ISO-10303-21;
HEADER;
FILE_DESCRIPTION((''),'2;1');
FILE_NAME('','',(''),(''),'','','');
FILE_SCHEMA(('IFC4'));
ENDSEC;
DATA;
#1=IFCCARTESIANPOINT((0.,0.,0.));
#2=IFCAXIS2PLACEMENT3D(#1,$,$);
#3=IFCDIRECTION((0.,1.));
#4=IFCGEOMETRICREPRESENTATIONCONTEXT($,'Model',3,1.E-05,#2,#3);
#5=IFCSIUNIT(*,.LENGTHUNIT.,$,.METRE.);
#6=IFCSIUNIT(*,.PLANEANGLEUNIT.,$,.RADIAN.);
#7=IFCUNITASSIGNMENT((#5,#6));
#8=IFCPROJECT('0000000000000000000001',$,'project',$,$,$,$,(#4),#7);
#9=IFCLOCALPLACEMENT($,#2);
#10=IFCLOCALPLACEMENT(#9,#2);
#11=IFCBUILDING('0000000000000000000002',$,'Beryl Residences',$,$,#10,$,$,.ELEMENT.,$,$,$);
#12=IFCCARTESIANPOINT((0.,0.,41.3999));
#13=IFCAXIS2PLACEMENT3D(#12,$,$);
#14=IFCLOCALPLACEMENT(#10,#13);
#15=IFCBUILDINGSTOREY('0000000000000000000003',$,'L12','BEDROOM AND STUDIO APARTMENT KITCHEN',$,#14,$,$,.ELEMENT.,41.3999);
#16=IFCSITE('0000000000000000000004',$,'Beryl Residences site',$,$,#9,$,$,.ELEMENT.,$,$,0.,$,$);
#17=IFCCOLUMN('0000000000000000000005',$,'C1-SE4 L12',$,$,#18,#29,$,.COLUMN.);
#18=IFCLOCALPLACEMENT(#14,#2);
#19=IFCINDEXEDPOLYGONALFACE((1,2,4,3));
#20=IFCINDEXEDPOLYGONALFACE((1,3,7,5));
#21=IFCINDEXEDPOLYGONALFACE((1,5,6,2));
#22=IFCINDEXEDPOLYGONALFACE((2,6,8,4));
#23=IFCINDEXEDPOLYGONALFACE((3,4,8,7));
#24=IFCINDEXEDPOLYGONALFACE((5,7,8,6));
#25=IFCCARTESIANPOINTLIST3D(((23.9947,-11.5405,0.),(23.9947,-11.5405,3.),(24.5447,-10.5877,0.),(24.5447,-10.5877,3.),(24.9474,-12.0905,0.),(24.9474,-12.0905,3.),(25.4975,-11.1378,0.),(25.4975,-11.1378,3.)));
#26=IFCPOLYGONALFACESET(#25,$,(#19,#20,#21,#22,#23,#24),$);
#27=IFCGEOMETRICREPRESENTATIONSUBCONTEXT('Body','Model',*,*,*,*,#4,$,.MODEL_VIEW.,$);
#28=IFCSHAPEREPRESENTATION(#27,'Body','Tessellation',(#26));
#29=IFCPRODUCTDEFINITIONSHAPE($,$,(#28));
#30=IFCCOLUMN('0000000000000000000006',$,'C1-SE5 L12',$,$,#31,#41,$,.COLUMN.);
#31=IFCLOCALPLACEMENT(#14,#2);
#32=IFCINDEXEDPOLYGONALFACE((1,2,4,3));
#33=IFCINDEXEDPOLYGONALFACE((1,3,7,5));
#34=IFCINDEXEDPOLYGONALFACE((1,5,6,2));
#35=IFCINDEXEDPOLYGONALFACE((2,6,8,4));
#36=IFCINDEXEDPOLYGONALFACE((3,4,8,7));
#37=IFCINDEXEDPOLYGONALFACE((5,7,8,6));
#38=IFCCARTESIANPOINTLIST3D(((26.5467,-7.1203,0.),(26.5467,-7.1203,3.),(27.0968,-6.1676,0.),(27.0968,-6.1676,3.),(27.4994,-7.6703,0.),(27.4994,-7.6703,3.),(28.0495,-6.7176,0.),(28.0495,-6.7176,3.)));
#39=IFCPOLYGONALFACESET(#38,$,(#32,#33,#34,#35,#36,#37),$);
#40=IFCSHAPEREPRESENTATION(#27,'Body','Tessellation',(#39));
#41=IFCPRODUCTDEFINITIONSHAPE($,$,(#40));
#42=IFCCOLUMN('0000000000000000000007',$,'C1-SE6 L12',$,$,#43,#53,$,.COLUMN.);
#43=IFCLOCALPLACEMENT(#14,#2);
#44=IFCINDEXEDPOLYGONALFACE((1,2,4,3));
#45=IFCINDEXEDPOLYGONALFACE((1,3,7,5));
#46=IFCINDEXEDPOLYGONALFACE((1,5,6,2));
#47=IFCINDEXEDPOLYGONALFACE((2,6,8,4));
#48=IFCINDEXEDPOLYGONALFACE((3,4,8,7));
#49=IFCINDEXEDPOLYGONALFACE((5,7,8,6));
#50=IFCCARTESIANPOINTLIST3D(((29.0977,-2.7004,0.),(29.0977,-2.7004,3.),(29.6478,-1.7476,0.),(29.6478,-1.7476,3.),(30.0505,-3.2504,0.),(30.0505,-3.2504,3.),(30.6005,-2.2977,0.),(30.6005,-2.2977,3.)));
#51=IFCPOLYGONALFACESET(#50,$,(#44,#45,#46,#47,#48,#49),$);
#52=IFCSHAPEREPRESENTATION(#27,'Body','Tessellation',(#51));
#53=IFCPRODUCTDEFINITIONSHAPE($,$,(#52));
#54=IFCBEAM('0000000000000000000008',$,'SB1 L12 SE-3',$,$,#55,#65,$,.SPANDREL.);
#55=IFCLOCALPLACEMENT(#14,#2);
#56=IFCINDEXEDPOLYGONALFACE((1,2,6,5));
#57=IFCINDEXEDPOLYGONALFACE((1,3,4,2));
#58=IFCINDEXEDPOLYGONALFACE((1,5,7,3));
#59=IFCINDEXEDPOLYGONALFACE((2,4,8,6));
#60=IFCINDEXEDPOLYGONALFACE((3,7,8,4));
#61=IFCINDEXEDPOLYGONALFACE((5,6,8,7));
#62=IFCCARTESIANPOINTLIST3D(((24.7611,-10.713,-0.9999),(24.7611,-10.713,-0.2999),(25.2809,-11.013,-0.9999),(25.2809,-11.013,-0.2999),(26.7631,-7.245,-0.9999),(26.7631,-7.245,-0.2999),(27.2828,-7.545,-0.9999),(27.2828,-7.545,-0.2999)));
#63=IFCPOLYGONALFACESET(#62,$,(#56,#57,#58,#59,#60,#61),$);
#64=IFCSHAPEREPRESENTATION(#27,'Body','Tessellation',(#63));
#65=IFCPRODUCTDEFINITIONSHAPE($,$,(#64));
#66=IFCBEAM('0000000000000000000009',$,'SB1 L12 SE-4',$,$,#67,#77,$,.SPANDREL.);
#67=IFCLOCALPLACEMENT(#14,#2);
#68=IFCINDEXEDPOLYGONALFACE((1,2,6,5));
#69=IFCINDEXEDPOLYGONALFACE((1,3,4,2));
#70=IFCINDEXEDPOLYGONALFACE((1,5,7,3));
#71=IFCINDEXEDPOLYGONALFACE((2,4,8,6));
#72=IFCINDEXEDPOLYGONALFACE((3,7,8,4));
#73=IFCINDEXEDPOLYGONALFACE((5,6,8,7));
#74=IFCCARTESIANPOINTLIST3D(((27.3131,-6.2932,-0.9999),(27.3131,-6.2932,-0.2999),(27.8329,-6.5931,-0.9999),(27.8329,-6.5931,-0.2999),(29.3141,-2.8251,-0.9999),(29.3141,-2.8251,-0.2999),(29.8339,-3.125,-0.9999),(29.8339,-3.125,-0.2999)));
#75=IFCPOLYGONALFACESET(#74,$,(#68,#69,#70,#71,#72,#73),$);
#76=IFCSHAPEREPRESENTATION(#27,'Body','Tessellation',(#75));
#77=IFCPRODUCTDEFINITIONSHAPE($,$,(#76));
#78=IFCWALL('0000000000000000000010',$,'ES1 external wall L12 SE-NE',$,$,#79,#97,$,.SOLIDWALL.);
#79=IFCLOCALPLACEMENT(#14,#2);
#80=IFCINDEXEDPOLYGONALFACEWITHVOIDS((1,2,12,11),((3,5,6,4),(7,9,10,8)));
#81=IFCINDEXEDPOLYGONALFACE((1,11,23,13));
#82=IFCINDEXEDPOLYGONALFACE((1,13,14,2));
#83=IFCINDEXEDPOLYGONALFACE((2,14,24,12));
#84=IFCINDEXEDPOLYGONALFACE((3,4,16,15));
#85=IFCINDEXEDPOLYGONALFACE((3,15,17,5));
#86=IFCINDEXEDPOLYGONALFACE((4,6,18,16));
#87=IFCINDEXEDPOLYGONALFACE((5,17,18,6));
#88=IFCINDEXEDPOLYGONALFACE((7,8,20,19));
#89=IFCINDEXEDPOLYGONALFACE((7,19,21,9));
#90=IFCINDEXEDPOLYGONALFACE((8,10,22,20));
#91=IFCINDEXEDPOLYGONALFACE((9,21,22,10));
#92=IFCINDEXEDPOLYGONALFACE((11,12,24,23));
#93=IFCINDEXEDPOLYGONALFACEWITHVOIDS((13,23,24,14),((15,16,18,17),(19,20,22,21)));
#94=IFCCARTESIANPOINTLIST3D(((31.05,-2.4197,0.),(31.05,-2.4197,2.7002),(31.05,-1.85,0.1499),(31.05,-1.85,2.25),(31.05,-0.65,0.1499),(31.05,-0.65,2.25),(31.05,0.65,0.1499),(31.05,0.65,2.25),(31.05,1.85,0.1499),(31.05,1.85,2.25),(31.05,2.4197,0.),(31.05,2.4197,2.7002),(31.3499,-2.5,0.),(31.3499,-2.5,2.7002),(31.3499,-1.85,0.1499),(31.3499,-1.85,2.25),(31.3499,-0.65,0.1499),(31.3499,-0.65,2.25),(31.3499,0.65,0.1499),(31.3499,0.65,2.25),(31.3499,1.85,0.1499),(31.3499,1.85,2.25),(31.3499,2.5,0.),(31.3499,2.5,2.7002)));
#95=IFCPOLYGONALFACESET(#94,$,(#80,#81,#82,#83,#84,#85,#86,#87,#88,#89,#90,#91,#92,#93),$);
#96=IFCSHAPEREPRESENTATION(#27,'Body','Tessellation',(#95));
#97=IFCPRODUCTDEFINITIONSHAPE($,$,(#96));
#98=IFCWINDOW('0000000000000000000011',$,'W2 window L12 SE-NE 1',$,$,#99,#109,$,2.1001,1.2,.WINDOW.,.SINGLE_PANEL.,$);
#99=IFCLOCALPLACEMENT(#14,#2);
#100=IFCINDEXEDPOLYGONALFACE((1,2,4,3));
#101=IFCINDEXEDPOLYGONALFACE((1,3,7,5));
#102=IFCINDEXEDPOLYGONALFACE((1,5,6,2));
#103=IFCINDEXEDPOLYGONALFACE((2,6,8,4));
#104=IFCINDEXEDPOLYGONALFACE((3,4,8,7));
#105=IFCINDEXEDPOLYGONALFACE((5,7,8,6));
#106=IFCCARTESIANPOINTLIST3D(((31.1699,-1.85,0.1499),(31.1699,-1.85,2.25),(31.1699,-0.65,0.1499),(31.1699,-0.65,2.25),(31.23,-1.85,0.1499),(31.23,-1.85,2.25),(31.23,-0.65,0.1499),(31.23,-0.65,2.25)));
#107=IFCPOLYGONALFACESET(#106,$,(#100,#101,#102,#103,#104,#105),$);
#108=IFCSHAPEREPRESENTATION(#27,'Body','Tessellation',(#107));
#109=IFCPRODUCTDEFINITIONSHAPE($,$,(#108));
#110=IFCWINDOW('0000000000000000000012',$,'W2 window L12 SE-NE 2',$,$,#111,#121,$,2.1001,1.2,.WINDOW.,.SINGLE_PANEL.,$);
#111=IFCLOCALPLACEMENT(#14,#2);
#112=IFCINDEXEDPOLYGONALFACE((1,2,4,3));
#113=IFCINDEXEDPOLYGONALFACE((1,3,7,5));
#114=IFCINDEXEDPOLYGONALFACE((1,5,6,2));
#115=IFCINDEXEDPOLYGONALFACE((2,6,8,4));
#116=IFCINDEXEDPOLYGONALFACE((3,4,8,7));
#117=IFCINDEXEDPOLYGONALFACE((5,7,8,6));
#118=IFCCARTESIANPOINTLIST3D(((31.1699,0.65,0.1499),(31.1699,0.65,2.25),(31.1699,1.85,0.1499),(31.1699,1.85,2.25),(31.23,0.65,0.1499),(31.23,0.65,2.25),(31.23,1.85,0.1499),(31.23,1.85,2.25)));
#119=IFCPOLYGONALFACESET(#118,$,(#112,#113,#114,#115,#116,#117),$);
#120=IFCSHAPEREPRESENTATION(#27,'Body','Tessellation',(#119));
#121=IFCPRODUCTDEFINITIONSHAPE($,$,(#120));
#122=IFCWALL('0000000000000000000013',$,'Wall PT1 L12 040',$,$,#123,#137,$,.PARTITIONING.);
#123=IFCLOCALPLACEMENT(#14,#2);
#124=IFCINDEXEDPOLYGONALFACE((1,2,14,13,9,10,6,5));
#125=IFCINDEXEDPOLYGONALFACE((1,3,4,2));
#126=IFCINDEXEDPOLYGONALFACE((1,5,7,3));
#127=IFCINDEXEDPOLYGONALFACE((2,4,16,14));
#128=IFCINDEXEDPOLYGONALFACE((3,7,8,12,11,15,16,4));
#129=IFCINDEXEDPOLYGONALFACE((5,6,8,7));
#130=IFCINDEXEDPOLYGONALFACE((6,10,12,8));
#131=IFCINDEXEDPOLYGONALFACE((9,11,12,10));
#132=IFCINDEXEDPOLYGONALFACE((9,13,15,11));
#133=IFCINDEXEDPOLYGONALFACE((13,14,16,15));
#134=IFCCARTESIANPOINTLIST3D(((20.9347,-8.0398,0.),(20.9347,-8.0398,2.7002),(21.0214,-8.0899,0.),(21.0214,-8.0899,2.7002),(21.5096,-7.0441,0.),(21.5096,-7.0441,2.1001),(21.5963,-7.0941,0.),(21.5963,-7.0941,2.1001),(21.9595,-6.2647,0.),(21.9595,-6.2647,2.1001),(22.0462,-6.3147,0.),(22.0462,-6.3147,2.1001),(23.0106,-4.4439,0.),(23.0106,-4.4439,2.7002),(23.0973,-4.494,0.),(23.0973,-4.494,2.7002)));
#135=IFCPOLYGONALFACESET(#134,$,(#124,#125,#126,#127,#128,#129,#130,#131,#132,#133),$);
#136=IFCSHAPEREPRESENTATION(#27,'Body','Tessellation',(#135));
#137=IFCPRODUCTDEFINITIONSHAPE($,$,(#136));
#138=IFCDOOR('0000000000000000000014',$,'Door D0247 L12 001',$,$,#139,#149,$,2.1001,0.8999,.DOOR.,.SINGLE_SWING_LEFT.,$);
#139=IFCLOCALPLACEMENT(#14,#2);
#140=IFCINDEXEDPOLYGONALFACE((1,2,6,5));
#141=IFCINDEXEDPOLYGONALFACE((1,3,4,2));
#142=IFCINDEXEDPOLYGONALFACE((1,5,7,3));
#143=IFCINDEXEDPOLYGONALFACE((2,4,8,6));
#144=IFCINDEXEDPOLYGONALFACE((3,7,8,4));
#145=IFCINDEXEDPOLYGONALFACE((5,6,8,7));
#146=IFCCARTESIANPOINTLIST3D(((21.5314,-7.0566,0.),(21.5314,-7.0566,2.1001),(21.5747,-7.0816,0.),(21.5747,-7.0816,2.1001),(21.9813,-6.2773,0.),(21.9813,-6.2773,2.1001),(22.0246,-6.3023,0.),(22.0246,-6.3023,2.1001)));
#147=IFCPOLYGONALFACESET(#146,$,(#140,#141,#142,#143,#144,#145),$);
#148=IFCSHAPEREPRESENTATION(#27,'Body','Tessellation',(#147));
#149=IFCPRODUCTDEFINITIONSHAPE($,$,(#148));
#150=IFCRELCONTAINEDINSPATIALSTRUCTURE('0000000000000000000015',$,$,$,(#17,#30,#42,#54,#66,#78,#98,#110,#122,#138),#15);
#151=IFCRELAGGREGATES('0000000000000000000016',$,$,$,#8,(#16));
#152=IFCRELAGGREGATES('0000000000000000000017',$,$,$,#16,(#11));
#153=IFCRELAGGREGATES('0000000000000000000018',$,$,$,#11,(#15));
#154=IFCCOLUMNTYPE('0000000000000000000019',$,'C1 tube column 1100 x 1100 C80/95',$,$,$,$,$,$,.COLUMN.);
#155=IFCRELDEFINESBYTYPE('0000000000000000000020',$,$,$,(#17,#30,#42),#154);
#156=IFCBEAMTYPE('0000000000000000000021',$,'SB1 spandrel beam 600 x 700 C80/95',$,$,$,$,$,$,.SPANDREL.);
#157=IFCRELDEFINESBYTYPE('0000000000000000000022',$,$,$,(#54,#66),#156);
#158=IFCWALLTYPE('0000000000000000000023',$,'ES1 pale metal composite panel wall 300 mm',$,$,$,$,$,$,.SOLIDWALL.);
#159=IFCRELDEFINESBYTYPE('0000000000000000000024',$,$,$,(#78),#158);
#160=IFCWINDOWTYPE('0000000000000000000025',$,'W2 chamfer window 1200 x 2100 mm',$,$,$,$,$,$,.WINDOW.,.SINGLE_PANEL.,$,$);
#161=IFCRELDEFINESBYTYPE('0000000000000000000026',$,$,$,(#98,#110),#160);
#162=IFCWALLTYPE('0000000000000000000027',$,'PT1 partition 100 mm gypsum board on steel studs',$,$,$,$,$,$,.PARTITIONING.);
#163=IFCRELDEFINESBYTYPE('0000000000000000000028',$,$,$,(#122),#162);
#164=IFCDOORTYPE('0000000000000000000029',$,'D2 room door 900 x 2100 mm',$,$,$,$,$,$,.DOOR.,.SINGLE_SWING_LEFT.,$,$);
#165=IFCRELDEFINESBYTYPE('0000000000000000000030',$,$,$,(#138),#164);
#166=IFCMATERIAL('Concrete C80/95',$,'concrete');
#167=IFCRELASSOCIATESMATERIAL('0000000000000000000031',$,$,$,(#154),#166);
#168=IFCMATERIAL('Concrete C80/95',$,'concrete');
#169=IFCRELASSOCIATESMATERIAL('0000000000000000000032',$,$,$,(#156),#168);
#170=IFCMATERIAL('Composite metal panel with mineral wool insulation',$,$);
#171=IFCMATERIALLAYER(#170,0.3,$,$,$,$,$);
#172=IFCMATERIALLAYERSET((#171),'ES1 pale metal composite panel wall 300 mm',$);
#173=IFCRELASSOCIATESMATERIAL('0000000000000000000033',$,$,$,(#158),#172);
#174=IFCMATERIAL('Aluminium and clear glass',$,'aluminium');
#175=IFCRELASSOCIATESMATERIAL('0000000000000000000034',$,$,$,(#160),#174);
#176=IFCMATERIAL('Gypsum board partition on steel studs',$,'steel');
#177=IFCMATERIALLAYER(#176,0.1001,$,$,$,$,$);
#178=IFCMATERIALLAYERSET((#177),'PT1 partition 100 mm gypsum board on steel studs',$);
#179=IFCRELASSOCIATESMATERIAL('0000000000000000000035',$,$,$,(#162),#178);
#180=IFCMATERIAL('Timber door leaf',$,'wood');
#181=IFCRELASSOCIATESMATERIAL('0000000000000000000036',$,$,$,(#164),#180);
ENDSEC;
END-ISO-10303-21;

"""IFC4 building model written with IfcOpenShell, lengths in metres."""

from ifc_helpers import new_model, si_unit, direction, frame, frame_2d, origin, origin_2d, place, context, subcontext, project, spatial, polyline, rectangle, outline, extrude, material, layer, layer_set, material_profile, profile_set, type_object, element, fill, save


model = new_model("IFC4")

# Units and contexts
model_context = context("Model", 3, precision=1e-05, world=origin(), true_north=direction((0.0, 1.0)))
body_context = subcontext(model_context, "Body", "Model", "MODEL_VIEW")
ifc_project = project(units=[si_unit("LENGTHUNIT", "METRE"), si_unit("PLANEANGLEUNIT", "RADIAN")], contexts=[model_context])

# Site, building, storey
site_placement = place(None, origin())
site = spatial("IfcSite", under=ifc_project, at=site_placement, Name="Beryl Residences site", CompositionType="ELEMENT", RefElevation=0.0)
building_placement = place(site_placement, origin())
building = spatial("IfcBuilding", under=site, at=building_placement, Name="Beryl Residences", CompositionType="ELEMENT")
storey_placement = place(building_placement, frame((0.0, 0.0, 41.3999)))
storey = spatial("IfcBuildingStorey", under=building, at=storey_placement, Name="L12", Description="BEDROOM AND STUDIO APARTMENT KITCHEN", CompositionType="ELEMENT", Elevation=41.3999)

# Columns
ifc_material_1 = material(Name="Concrete C80/95", Category="concrete")
ifc_material_profile_1 = material_profile(ifc_material_1, rectangle(XDim=1.1001, YDim=1.1001, at=origin_2d()))
ifc_profile_set_1 = profile_set([ifc_material_profile_1], Name="Concrete C80/95")
column_type = type_object("IfcColumnType", Name="C1 tube column 1100 x 1100 C80/95", PredefinedType="COLUMN", material=ifc_profile_set_1)
for number, where, z_axis, x_axis, name in (
    (1, (24.7461, -11.3391, 0.0), (0.0, 0.0, 1.0), (0.499985, 0.866034, 0.0), "C1-SE4 L12"),
    (2, (27.2981, -6.9189, 0.0), (0.0, 0.0, 1.0), (0.499985, 0.866034, 0.0), "C1-SE5 L12"),
    (3, (29.8491, -2.499, 0.0), (0.0, 0.0, 1.0), (0.499985, 0.866034, 0.0), "C1-SE6 L12"),
):
    element("IfcColumn", number, at=place(storey_placement, frame(where, z_axis=z_axis, x_axis=x_axis)), inside=storey, type_object=column_type, Name=name, PredefinedType="COLUMN", context=body_context, shape_type="SweptSolid", body=[
        extrude(rectangle(XDim=1.1001, YDim=1.1001, at=origin_2d()), origin(), (0.0, 0.0, 1.0), 3.0),
    ])

# Beams
ifc_material_2 = material(Name="Concrete C80/95", Category="concrete")
ifc_material_profile_2 = material_profile(ifc_material_2, rectangle(XDim=0.6001, YDim=0.7, at=origin_2d()))
ifc_profile_set_2 = profile_set([ifc_material_profile_2], Name="Concrete C80/95")
beam_type = type_object("IfcBeamType", Name="SB1 spandrel beam 600 x 700 C80/95", PredefinedType="SPANDREL", material=ifc_profile_set_2)
beam_1_placement = place(storey_placement, frame((25.021, -10.863, -0.6499), z_axis=(0.499942, 0.866059, 0.0), x_axis=(-0.866059, 0.499942, 0.0)))
element("IfcBeam", 4, at=beam_1_placement, inside=storey, type_object=beam_type, Name="SB1 L12 SE-3", PredefinedType="SPANDREL", context=body_context, shape_type="SweptSolid", body=[
    extrude(rectangle(XDim=0.6001, YDim=0.7, at=origin_2d()), origin(), (0.0, 0.0, 1.0), 4.0044),
])
beam_2_placement = place(storey_placement, frame((27.573, -6.4431, -0.6499), z_axis=(0.499759, 0.866164, 0.0), x_axis=(-0.866164, 0.499759, 0.0)))
element("IfcBeam", 5, at=beam_2_placement, inside=storey, type_object=beam_type, Name="SB1 L12 SE-4", PredefinedType="SPANDREL", context=body_context, shape_type="SweptSolid", body=[
    extrude(rectangle(XDim=0.6001, YDim=0.7, at=origin_2d()), origin(), (0.0, 0.0, 1.0), 4.0039),
])

# Wall, openings, windows
ifc_material_3 = material(Name="Composite metal panel with mineral wool insulation")
ifc_layer_1 = layer(ifc_material_3, 0.3)
ifc_layer_set_1 = layer_set([ifc_layer_1], Name="ES1 pale metal composite panel wall 300 mm")
wall_type_1 = type_object("IfcWallType", Name="ES1 pale metal composite panel wall 300 mm", PredefinedType="SOLIDWALL", material=ifc_layer_set_1)
wall_1_placement = place(storey_placement, frame((31.2, -2.5, 0.0), z_axis=(0.0, 0.0, 1.0), x_axis=(0.0, 1.0, 0.0)))
wall_1 = element("IfcWall", 6, at=wall_1_placement, inside=storey, type_object=wall_type_1, Name="ES1 external wall L12 SE-NE", PredefinedType="SOLIDWALL", context=body_context, shape_type="SweptSolid", body=[
    extrude(outline(polyline([(0.0, -0.1499), (5.0, -0.1499), (4.9197, 0.1499), (0.0803, 0.1499), (0.0, -0.1499)])), origin(), (0.0, 0.0, 1.0), 2.7002),
])
opening_1_placement = place(wall_1_placement, frame((0.6499, 0.0, 0.1499)))
opening_1 = element("IfcOpeningElement", 7, at=opening_1_placement, cuts=wall_1, PredefinedType="OPENING", context=body_context, shape_type="SweptSolid", body=[
    extrude(rectangle(XDim=1.2, YDim=2.1001, at=frame_2d((0.6001, 1.05))), frame((0.0, 0.1599, 0.0), z_axis=(0.0, -1.0, 0.0), x_axis=(1.0, 0.0, 0.0)), (0.0, 0.0, 1.0), 0.3201),
])
opening_2_placement = place(wall_1_placement, frame((3.1499, 0.0, 0.1499)))
opening_2 = element("IfcOpeningElement", 8, at=opening_2_placement, cuts=wall_1, PredefinedType="OPENING", context=body_context, shape_type="SweptSolid", body=[
    extrude(rectangle(XDim=1.2, YDim=2.1001, at=frame_2d((0.6001, 1.05))), frame((0.0, 0.1599, 0.0), z_axis=(0.0, -1.0, 0.0), x_axis=(1.0, 0.0, 0.0)), (0.0, 0.0, 1.0), 0.3201),
])
ifc_material_4 = material(Name="Aluminium and clear glass", Category="aluminium")
window_type = type_object("IfcWindowType", Name="W2 chamfer window 1200 x 2100 mm", PartitioningType="SINGLE_PANEL", PredefinedType="WINDOW", material=ifc_material_4)
window_1_placement = place(opening_1_placement, origin())
window_1 = element("IfcWindow", 9, at=window_1_placement, inside=storey, type_object=window_type, Name="W2 window L12 SE-NE 1", OverallHeight=2.1001, OverallWidth=1.2, PartitioningType="SINGLE_PANEL", PredefinedType="WINDOW", context=body_context, shape_type="SweptSolid", body=[
    extrude(rectangle(XDim=1.2, YDim=2.1001, at=frame_2d((0.6001, 1.05))), frame((0.0, 0.03, 0.0), z_axis=(0.0, -1.0, 0.0), x_axis=(1.0, 0.0, 0.0)), (0.0, 0.0, 1.0), 0.0601),
])
fill(opening_1, window_1)
window_2_placement = place(opening_2_placement, origin())
window_2 = element("IfcWindow", 10, at=window_2_placement, inside=storey, type_object=window_type, Name="W2 window L12 SE-NE 2", OverallHeight=2.1001, OverallWidth=1.2, PartitioningType="SINGLE_PANEL", PredefinedType="WINDOW", context=body_context, shape_type="SweptSolid", body=[
    extrude(rectangle(XDim=1.2, YDim=2.1001, at=frame_2d((0.6001, 1.05))), frame((0.0, 0.03, 0.0), z_axis=(0.0, -1.0, 0.0), x_axis=(1.0, 0.0, 0.0)), (0.0, 0.0, 1.0), 0.0601),
])
fill(opening_2, window_2)

# Wall, opening, door
ifc_material_5 = material(Name="Gypsum board partition on steel studs", Category="steel")
ifc_layer_2 = layer(ifc_material_5, 0.1001)
ifc_layer_set_2 = layer_set([ifc_layer_2], Name="PT1 partition 100 mm gypsum board on steel studs")
wall_type_2 = type_object("IfcWallType", Name="PT1 partition 100 mm gypsum board on steel studs", PredefinedType="PARTITIONING", material=ifc_layer_set_2)
wall_2_placement = place(storey_placement, frame((20.978, -8.0649, 0.0), z_axis=(0.0, 0.0, 1.0), x_axis=(0.499965, 0.866046, 0.0)))
wall_2 = element("IfcWall", 11, at=wall_2_placement, inside=storey, type_object=wall_type_2, Name="Wall PT1 L12 040", PredefinedType="PARTITIONING", context=body_context, shape_type="SweptSolid", body=[
    extrude(rectangle(XDim=4.1521, YDim=0.1001, at=frame_2d((2.0762, 0.0))), origin(), (0.0, 0.0, 1.0), 2.7002),
])
opening_3_placement = place(wall_2_placement, frame((1.1499, 0.0, 0.0)))
opening_3 = element("IfcOpeningElement", 12, at=opening_3_placement, cuts=wall_2, PredefinedType="OPENING", context=body_context, shape_type="SweptSolid", body=[
    extrude(rectangle(XDim=0.8999, YDim=2.1001, at=frame_2d((0.45, 1.05))), frame((0.0, 0.0601, 0.0), z_axis=(0.0, -1.0, 0.0), x_axis=(1.0, 0.0, 0.0)), (0.0, 0.0, 1.0), 0.1201),
])
ifc_material_6 = material(Name="Timber door leaf", Category="wood")
door_type_1 = type_object("IfcDoorType", Name="D2 room door 900 x 2100 mm", OperationType="SINGLE_SWING_LEFT", PredefinedType="DOOR", material=ifc_material_6)
door_1_placement = place(opening_3_placement, origin())
door_1 = element("IfcDoor", 13, at=door_1_placement, inside=storey, type_object=door_type_1, Name="Door D0247 L12 001", OperationType="SINGLE_SWING_LEFT", OverallHeight=2.1001, OverallWidth=0.8999, PredefinedType="DOOR", context=body_context, shape_type="SweptSolid", body=[
    extrude(rectangle(XDim=0.8999, YDim=2.1001, at=frame_2d((0.45, 1.05))), frame((0.0, 0.0249, 0.0), z_axis=(0.0, -1.0, 0.0), x_axis=(1.0, 0.0, 0.0)), (0.0, 0.0, 1.0), 0.05),
])
fill(opening_3, door_1)

save(model, "model.ifc")
